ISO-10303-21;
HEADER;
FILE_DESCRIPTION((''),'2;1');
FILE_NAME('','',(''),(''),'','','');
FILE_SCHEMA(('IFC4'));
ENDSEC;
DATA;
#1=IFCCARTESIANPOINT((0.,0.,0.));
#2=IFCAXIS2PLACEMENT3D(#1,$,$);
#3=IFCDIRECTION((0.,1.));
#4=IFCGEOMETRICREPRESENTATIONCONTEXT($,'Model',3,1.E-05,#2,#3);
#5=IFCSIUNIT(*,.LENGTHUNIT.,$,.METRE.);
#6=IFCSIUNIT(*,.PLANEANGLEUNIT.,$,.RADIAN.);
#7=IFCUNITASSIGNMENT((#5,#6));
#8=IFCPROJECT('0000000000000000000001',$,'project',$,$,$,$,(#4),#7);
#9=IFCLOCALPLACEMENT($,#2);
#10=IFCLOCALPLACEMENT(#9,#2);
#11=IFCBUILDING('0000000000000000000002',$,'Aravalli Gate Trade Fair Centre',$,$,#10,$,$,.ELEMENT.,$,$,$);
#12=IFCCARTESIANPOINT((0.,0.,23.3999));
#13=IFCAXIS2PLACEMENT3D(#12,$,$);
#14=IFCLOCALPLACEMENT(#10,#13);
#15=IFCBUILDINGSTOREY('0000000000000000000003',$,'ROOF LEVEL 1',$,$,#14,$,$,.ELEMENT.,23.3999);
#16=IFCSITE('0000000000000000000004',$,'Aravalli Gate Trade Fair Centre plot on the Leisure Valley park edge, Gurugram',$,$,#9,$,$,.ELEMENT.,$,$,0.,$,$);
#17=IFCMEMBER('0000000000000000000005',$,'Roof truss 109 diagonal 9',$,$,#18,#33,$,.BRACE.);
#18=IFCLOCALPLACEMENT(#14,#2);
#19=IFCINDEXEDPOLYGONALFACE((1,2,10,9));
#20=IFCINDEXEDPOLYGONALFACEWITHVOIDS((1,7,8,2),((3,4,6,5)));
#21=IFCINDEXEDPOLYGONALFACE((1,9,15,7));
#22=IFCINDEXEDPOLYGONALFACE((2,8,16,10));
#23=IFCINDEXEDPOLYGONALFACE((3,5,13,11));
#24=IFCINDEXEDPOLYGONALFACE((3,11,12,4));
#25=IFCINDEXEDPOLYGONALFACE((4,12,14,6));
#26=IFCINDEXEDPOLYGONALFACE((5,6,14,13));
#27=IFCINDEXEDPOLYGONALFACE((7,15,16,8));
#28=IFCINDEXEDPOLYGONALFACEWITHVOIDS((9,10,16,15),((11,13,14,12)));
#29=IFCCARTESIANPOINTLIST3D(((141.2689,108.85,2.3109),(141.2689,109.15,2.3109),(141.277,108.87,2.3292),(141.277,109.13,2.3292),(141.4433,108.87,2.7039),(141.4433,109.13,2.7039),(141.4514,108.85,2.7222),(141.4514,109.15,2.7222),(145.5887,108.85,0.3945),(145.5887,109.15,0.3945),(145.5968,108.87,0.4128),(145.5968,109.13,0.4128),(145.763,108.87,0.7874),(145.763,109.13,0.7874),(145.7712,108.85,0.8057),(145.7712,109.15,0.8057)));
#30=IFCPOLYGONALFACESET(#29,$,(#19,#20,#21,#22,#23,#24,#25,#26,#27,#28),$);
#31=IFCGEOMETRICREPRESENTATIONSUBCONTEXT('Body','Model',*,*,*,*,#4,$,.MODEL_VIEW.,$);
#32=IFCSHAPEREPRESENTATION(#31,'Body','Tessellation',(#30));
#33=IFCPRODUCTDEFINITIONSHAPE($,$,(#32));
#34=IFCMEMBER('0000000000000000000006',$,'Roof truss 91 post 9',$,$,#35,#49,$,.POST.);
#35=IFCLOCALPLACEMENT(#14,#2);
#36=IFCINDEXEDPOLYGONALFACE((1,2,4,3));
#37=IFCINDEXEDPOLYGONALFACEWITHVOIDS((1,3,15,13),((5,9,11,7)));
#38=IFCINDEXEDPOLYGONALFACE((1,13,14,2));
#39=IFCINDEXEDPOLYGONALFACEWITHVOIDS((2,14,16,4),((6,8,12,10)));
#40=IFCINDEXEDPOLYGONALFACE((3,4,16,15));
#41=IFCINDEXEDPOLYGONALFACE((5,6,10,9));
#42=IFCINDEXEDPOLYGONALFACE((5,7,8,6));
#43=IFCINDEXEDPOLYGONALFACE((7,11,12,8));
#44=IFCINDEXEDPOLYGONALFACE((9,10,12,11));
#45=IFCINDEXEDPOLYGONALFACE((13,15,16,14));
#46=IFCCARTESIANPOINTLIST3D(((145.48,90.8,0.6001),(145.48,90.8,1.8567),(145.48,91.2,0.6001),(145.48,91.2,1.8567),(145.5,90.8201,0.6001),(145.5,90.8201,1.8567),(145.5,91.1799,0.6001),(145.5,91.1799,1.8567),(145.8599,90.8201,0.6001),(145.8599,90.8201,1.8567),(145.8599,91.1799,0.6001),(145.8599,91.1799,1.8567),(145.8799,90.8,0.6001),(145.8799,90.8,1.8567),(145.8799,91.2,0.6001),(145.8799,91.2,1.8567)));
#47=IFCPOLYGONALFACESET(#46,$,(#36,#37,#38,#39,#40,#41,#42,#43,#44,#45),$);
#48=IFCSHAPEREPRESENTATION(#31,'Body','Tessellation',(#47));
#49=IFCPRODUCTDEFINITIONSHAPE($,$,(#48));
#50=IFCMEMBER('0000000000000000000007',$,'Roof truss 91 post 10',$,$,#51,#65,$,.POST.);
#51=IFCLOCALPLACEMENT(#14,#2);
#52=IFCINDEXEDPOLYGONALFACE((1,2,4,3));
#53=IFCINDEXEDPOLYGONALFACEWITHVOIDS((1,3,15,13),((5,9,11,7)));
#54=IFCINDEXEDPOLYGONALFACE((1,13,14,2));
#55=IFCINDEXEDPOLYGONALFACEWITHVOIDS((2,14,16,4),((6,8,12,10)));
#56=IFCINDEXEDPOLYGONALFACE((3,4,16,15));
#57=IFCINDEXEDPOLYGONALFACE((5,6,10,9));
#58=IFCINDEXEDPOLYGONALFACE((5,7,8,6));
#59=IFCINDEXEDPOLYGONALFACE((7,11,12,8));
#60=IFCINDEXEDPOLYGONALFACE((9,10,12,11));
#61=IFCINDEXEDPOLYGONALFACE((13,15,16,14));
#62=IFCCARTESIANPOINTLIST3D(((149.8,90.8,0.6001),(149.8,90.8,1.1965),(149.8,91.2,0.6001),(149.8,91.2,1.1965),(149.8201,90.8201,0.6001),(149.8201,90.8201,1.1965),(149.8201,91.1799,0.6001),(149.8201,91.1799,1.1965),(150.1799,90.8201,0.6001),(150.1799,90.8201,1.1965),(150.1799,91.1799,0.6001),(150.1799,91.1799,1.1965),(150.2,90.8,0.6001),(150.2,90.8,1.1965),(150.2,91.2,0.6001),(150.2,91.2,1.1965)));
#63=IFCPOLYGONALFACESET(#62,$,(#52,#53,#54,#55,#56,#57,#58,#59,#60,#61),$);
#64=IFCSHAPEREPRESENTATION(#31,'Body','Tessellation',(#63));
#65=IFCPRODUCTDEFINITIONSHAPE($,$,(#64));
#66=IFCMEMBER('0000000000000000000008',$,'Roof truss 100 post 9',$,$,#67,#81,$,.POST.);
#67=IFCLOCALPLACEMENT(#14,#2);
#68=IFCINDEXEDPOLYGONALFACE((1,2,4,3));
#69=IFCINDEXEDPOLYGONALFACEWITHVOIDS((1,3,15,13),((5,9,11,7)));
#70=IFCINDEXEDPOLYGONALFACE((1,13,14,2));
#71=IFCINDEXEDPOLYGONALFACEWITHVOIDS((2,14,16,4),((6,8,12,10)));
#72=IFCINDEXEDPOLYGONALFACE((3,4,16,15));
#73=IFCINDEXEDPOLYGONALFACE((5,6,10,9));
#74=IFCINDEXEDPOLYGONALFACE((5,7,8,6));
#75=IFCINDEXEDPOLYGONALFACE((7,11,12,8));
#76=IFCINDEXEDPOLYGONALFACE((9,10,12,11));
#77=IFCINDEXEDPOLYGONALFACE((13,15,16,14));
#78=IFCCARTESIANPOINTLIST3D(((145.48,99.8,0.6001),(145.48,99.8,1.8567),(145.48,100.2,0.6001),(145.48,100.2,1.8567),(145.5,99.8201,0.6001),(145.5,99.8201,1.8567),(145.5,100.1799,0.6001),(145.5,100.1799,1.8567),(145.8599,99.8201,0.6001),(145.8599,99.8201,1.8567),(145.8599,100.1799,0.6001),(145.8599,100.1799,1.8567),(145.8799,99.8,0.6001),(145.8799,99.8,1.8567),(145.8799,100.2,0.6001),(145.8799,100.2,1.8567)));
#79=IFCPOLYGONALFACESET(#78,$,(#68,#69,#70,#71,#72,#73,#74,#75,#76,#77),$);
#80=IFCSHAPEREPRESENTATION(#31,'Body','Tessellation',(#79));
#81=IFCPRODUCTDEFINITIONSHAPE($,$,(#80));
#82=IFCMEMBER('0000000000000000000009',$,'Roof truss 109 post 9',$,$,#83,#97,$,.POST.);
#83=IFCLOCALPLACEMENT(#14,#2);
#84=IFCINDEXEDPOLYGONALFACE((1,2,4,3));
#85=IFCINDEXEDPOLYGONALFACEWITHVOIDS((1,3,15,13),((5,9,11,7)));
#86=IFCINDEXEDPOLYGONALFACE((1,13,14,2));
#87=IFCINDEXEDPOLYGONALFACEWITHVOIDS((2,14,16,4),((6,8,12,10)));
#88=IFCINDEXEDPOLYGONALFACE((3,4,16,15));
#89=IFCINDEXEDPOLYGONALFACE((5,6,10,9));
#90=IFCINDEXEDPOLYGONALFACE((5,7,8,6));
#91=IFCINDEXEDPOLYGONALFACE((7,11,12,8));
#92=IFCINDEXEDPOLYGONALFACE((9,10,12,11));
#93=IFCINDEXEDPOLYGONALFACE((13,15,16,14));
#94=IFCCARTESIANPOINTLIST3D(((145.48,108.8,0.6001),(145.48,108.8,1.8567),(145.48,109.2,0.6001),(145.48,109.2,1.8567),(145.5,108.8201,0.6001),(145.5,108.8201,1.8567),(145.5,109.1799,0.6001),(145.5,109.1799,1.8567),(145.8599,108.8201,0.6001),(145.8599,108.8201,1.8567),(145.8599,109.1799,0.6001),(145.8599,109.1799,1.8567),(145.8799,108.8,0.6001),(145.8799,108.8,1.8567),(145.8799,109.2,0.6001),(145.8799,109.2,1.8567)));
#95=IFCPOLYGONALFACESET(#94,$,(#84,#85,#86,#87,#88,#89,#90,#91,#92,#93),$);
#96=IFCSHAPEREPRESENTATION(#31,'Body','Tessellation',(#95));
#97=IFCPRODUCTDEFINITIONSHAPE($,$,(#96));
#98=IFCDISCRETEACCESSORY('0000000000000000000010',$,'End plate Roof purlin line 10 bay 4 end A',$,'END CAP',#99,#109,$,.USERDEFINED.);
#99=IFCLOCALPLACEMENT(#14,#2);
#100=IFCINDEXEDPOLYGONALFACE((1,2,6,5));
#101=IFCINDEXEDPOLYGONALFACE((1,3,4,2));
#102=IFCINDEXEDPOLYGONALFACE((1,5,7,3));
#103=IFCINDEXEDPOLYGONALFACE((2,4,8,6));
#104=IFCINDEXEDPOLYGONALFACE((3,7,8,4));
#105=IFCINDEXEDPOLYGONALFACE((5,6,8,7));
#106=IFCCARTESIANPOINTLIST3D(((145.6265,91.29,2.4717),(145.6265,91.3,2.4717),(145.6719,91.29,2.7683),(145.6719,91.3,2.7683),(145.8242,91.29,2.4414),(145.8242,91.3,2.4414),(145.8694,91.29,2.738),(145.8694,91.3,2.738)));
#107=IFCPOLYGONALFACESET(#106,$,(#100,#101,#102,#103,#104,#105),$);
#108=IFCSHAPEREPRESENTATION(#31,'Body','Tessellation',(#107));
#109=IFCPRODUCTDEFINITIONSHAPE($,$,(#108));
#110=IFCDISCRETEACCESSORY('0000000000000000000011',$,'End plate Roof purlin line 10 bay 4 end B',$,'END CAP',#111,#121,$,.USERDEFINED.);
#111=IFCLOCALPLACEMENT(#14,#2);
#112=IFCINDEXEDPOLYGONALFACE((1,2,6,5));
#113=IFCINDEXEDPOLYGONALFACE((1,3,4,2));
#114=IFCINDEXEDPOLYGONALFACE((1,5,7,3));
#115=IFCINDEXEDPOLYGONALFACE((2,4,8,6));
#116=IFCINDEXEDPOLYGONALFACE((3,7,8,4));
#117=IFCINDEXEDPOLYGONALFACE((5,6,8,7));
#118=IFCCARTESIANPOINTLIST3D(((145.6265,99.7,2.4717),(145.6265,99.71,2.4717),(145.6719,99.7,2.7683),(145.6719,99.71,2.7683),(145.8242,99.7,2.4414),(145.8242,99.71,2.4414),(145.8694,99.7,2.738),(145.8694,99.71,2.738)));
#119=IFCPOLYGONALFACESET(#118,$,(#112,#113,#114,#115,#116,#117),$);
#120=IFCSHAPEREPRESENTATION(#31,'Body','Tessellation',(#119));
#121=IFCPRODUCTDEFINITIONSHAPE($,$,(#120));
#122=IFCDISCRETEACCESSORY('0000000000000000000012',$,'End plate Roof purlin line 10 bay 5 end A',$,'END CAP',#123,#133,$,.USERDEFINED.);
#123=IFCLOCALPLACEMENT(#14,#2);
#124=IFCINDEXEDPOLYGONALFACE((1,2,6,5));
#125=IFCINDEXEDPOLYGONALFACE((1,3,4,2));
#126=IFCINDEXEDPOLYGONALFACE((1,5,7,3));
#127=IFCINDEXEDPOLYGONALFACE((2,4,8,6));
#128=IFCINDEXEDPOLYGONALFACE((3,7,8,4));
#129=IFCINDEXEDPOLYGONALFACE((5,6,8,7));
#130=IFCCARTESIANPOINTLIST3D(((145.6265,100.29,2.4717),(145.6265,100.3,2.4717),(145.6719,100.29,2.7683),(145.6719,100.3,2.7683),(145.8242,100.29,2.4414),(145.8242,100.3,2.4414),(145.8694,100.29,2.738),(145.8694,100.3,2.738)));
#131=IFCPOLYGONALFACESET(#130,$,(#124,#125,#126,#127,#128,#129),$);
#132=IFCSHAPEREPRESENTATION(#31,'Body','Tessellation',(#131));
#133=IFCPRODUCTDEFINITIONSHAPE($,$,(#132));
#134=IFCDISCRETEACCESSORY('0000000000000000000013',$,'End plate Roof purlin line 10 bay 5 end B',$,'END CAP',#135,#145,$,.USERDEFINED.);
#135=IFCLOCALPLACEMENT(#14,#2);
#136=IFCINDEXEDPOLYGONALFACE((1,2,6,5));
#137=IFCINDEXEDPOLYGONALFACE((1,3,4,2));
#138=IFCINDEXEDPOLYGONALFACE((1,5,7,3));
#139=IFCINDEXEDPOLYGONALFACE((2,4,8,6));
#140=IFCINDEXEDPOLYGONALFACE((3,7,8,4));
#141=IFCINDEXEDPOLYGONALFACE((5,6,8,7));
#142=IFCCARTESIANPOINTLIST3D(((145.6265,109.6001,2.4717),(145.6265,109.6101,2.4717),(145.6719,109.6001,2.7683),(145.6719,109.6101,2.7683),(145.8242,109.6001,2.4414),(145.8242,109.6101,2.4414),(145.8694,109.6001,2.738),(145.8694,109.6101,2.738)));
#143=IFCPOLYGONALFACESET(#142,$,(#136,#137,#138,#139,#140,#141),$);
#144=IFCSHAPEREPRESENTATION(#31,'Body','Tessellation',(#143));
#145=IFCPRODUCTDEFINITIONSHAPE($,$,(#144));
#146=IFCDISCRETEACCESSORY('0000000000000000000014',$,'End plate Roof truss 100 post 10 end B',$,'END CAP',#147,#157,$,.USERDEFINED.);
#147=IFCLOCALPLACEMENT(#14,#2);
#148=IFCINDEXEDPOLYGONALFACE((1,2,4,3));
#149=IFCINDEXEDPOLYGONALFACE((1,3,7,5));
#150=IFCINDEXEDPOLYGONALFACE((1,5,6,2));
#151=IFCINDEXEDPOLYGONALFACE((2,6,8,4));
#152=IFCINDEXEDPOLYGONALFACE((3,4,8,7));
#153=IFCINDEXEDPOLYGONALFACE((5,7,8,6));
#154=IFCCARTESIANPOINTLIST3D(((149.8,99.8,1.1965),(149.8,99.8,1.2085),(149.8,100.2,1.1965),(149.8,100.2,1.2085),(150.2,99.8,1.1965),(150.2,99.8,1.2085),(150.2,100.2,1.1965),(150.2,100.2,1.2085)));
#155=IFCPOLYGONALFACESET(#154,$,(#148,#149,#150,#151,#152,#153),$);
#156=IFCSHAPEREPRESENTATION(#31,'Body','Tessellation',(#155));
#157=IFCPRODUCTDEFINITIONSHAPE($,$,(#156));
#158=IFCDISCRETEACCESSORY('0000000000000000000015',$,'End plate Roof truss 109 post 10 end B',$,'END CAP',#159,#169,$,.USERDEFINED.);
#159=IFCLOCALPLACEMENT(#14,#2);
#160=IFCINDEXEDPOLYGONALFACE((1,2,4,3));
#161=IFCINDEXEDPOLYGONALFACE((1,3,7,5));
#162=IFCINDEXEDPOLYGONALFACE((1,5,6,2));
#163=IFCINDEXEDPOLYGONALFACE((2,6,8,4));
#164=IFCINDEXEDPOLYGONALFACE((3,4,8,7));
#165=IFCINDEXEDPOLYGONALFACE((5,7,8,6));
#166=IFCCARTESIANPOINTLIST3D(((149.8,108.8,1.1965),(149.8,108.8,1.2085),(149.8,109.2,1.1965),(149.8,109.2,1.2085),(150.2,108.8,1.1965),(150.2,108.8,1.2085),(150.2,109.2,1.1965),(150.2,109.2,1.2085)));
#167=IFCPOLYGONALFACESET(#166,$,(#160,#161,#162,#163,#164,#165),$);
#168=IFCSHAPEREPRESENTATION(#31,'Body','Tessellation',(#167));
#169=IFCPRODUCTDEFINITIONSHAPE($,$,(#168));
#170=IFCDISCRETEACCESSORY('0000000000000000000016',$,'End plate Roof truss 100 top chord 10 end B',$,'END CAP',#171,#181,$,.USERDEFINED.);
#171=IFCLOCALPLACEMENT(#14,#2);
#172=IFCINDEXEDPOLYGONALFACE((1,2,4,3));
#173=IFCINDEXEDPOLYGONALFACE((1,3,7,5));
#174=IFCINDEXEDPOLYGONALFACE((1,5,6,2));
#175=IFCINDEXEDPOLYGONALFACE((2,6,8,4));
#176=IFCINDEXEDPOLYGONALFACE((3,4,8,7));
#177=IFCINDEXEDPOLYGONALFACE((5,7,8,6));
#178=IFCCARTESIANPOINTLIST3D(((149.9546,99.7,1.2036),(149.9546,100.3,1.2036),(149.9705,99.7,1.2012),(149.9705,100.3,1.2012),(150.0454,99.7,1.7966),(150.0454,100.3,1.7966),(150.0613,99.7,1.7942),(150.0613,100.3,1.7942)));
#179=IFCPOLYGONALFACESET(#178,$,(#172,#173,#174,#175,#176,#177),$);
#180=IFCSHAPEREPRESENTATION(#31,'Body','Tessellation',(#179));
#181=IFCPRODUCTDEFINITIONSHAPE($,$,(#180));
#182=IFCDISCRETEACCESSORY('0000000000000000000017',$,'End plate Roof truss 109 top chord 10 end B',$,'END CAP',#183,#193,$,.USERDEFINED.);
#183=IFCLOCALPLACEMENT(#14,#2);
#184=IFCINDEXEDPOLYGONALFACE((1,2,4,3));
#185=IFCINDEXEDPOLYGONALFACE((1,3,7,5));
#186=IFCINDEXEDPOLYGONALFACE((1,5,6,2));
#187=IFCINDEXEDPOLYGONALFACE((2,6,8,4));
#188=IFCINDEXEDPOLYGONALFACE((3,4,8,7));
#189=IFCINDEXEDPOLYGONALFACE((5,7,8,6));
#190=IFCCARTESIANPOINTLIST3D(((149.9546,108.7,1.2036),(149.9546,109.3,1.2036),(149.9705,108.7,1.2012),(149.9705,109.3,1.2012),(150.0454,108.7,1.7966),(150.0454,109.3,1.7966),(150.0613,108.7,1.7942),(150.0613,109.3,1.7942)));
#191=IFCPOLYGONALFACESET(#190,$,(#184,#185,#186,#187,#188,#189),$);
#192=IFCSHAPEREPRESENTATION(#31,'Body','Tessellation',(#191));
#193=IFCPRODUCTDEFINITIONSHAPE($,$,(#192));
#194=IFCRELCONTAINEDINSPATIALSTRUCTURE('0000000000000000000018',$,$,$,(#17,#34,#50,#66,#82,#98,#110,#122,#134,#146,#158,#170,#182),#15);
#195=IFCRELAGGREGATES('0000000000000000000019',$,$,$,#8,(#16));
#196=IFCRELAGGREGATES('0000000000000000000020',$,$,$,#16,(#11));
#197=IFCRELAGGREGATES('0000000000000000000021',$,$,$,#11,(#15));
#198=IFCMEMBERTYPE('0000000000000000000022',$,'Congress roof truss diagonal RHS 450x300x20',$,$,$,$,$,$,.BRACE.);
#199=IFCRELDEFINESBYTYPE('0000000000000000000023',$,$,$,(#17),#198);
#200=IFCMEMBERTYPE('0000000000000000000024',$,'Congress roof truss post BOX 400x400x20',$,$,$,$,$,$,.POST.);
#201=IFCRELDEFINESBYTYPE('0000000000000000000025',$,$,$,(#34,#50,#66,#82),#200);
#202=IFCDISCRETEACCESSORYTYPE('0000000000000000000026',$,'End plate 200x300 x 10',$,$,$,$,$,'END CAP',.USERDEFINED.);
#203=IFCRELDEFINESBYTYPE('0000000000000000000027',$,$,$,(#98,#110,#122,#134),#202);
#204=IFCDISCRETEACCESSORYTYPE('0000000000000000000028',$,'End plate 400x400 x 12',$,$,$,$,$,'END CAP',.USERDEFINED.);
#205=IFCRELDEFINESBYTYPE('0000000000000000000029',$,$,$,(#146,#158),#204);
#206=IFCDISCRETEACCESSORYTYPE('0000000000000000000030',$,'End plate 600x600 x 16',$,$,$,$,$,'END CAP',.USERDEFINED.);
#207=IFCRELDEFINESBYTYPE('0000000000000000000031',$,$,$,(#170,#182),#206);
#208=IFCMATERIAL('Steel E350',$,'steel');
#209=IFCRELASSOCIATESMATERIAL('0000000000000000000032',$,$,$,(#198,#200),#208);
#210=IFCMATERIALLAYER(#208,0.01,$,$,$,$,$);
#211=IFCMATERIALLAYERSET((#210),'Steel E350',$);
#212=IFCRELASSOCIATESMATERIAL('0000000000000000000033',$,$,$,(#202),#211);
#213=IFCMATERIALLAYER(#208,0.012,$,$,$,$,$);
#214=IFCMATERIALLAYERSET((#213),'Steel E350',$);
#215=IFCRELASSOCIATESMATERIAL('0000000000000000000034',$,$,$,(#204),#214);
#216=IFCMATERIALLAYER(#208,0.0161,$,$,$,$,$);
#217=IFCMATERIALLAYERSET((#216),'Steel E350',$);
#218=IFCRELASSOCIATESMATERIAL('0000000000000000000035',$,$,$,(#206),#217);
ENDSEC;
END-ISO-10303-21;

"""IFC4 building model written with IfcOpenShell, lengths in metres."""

from ifc_helpers import new_model, si_unit, direction, frame, origin, origin_2d, place, context, subcontext, project, spatial, polyline, hollow_rectangle, outline, extrude, material, layer, layer_set, material_profile, profile_set, type_object, element, save


model = new_model("IFC4")

# Units and contexts
model_context = context("Model", 3, precision=1e-05, world=origin(), true_north=direction((0.0, 1.0)))
body_context = subcontext(model_context, "Body", "Model", "MODEL_VIEW")
ifc_project = project(units=[si_unit("LENGTHUNIT", "METRE"), si_unit("PLANEANGLEUNIT", "RADIAN")], contexts=[model_context])

# Site, building, storey
site_placement = place(None, origin())
site = spatial("IfcSite", under=ifc_project, at=site_placement, Name="Aravalli Gate Trade Fair Centre plot on the Leisure Valley park edge, Gurugram", CompositionType="ELEMENT", RefElevation=0.0)
building_placement = place(site_placement, origin())
building = spatial("IfcBuilding", under=site, at=building_placement, Name="Aravalli Gate Trade Fair Centre", CompositionType="ELEMENT")
storey_placement = place(building_placement, frame((0.0, 0.0, 23.3999)))
storey = spatial("IfcBuildingStorey", under=building, at=storey_placement, Name="ROOF LEVEL 1", CompositionType="ELEMENT", Elevation=23.3999)

# Members
ifc_material = material(Name="Steel E350", Category="steel")
ifc_material_profile_1 = material_profile(ifc_material, hollow_rectangle(XDim=0.3, YDim=0.45, WallThickness=0.02, at=origin_2d()), Name="RHS 450x300x20")
ifc_profile_set_1 = profile_set([ifc_material_profile_1], Name="Steel E350")
member_type_1 = type_object("IfcMemberType", Name="Congress roof truss diagonal RHS 450x300x20", PredefinedType="BRACE", material=ifc_profile_set_1)
for number, where, z_axis, x_axis, name in (
    (1, (145.6799, 109.0, 0.6001), (-0.91408, 0.0, 0.405534), (0.0, -1.0, 0.0), "Roof truss 109 diagonal 9"),
):
    element("IfcMember", number, at=place(storey_placement, frame(where, z_axis=z_axis, x_axis=x_axis)), inside=storey, type_object=member_type_1, Name=name, PredefinedType="BRACE", context=body_context, shape_type="SweptSolid", body=[
        extrude(hollow_rectangle(XDim=0.3, YDim=0.45, WallThickness=0.02, at=origin_2d()), origin(), (0.0, 0.0, 1.0), 4.7258),
    ])
ifc_material_profile_2 = material_profile(ifc_material, hollow_rectangle(XDim=0.3999, YDim=0.3999, WallThickness=0.02, at=origin_2d()), Name="BOX 400x400x20")
ifc_profile_set_2 = profile_set([ifc_material_profile_2], Name="Steel E350")
member_type_2 = type_object("IfcMemberType", Name="Congress roof truss post BOX 400x400x20", PredefinedType="POST", material=ifc_profile_set_2)
member_1_placement = place(storey_placement, frame((145.6799, 91.0, 0.6001), z_axis=(0.0, 0.0, 1.0), x_axis=(1.0, 0.0, 0.0)))
element("IfcMember", 2, at=member_1_placement, inside=storey, type_object=member_type_2, Name="Roof truss 91 post 9", PredefinedType="POST", context=body_context, shape_type="SweptSolid", body=[
    extrude(hollow_rectangle(XDim=0.3999, YDim=0.3999, WallThickness=0.02, at=origin_2d()), origin(), (0.0, 0.0, 1.0), 1.2566),
])
member_2_placement = place(storey_placement, frame((150.0, 91.0, 0.6001), z_axis=(0.0, 0.0, 1.0), x_axis=(1.0, 0.0, 0.0)))
element("IfcMember", 3, at=member_2_placement, inside=storey, type_object=member_type_2, Name="Roof truss 91 post 10", PredefinedType="POST", context=body_context, shape_type="SweptSolid", body=[
    extrude(hollow_rectangle(XDim=0.3999, YDim=0.3999, WallThickness=0.02, at=origin_2d()), origin(), (0.0, 0.0, 1.0), 0.5964),
])
for number, where, z_axis, x_axis, name in (
    (4, (145.6799, 100.0, 0.6001), (0.0, 0.0, 1.0), (1.0, 0.0, 0.0), "Roof truss 100 post 9"),
    (5, (145.6799, 109.0, 0.6001), (0.0, 0.0, 1.0), (1.0, 0.0, 0.0), "Roof truss 109 post 9"),
):
    element("IfcMember", number, at=place(storey_placement, frame(where, z_axis=z_axis, x_axis=x_axis)), inside=storey, type_object=member_type_2, Name=name, PredefinedType="POST", context=body_context, shape_type="SweptSolid", body=[
        extrude(hollow_rectangle(XDim=0.3999, YDim=0.3999, WallThickness=0.02, at=origin_2d()), origin(), (0.0, 0.0, 1.0), 1.2566),
    ])

# Discrete accessories
ifc_layer_1 = layer(ifc_material, 0.01)
ifc_layer_set_1 = layer_set([ifc_layer_1], Name="Steel E350")
discrete_accessory_type_1 = type_object("IfcDiscreteAccessoryType", Name="End plate 200x300 x 10", ElementType="END CAP", PredefinedType="USERDEFINED", material=ifc_layer_set_1)
for number, where, z_axis, x_axis, name in (
    (6, (145.8242, 91.3, 2.4414), (0.0, 1.0, 0.0), (-0.988484, 0.0, 0.151324), "End plate Roof purlin line 10 bay 4 end A"),
    (7, (145.8242, 99.71, 2.4414), (0.0, 1.0, 0.0), (-0.988484, 0.0, 0.151324), "End plate Roof purlin line 10 bay 4 end B"),
    (8, (145.8242, 100.3, 2.4414), (0.0, 1.0, 0.0), (-0.988484, 0.0, 0.151324), "End plate Roof purlin line 10 bay 5 end A"),
    (9, (145.8242, 109.6101, 2.4414), (0.0, 1.0, 0.0), (-0.988484, 0.0, 0.151324), "End plate Roof purlin line 10 bay 5 end B"),
):
    element("IfcDiscreteAccessory", number, at=place(storey_placement, frame(where, z_axis=z_axis, x_axis=x_axis)), inside=storey, type_object=discrete_accessory_type_1, Name=name, ObjectType="END CAP", PredefinedType="USERDEFINED", context=body_context, shape_type="SweptSolid", body=[
        extrude(outline(polyline([(0.0, 0.0), (0.2001, 0.0), (0.2001, 0.3001), (0.0002, 0.3), (0.0, 0.0)])), origin(), (0.0, 0.0, -1.0), 0.01),
    ])
ifc_layer_2 = layer(ifc_material, 0.012)
ifc_layer_set_2 = layer_set([ifc_layer_2], Name="Steel E350")
discrete_accessory_type_2 = type_object("IfcDiscreteAccessoryType", Name="End plate 400x400 x 12", ElementType="END CAP", PredefinedType="USERDEFINED", material=ifc_layer_set_2)
for number, where, z_axis, x_axis, name in (
    (10, (149.8, 99.8, 1.2085), (0.0, 0.0, 1.0), (1.0, 0.0, 0.0), "End plate Roof truss 100 post 10 end B"),
    (11, (149.8, 108.8, 1.2085), (0.0, 0.0, 1.0), (1.0, 0.0, 0.0), "End plate Roof truss 109 post 10 end B"),
):
    element("IfcDiscreteAccessory", number, at=place(storey_placement, frame(where, z_axis=z_axis, x_axis=x_axis)), inside=storey, type_object=discrete_accessory_type_2, Name=name, ObjectType="END CAP", PredefinedType="USERDEFINED", context=body_context, shape_type="SweptSolid", body=[
        extrude(outline(polyline([(0.0, 0.0), (0.3999, 0.0), (0.3999, 0.3999), (0.0, 0.3999), (0.0, 0.0)])), origin(), (0.0, 0.0, -1.0), 0.012),
    ])
ifc_layer_3 = layer(ifc_material, 0.0161)
ifc_layer_set_3 = layer_set([ifc_layer_3], Name="Steel E350")
discrete_accessory_type_3 = type_object("IfcDiscreteAccessoryType", Name="End plate 600x600 x 16", ElementType="END CAP", PredefinedType="USERDEFINED", material=ifc_layer_set_3)
for number, where, z_axis, x_axis, name in (
    (12, (149.9546, 99.7, 1.2036), (-0.988475, 0.0, 0.151384), (0.0, 1.0, 0.0), "End plate Roof truss 100 top chord 10 end B"),
    (13, (149.9546, 108.7, 1.2036), (-0.988475, 0.0, 0.151384), (0.0, 1.0, 0.0), "End plate Roof truss 109 top chord 10 end B"),
):
    element("IfcDiscreteAccessory", number, at=place(storey_placement, frame(where, z_axis=z_axis, x_axis=x_axis)), inside=storey, type_object=discrete_accessory_type_3, Name=name, ObjectType="END CAP", PredefinedType="USERDEFINED", context=body_context, shape_type="SweptSolid", body=[
        extrude(outline(polyline([(0.0, 0.0), (0.6001, 0.0), (0.6001, -0.5999), (0.0, -0.5999), (0.0, 0.0)])), origin(), (0.0, 0.0, -1.0), 0.0161),
    ])

save(model, "model.ifc")
